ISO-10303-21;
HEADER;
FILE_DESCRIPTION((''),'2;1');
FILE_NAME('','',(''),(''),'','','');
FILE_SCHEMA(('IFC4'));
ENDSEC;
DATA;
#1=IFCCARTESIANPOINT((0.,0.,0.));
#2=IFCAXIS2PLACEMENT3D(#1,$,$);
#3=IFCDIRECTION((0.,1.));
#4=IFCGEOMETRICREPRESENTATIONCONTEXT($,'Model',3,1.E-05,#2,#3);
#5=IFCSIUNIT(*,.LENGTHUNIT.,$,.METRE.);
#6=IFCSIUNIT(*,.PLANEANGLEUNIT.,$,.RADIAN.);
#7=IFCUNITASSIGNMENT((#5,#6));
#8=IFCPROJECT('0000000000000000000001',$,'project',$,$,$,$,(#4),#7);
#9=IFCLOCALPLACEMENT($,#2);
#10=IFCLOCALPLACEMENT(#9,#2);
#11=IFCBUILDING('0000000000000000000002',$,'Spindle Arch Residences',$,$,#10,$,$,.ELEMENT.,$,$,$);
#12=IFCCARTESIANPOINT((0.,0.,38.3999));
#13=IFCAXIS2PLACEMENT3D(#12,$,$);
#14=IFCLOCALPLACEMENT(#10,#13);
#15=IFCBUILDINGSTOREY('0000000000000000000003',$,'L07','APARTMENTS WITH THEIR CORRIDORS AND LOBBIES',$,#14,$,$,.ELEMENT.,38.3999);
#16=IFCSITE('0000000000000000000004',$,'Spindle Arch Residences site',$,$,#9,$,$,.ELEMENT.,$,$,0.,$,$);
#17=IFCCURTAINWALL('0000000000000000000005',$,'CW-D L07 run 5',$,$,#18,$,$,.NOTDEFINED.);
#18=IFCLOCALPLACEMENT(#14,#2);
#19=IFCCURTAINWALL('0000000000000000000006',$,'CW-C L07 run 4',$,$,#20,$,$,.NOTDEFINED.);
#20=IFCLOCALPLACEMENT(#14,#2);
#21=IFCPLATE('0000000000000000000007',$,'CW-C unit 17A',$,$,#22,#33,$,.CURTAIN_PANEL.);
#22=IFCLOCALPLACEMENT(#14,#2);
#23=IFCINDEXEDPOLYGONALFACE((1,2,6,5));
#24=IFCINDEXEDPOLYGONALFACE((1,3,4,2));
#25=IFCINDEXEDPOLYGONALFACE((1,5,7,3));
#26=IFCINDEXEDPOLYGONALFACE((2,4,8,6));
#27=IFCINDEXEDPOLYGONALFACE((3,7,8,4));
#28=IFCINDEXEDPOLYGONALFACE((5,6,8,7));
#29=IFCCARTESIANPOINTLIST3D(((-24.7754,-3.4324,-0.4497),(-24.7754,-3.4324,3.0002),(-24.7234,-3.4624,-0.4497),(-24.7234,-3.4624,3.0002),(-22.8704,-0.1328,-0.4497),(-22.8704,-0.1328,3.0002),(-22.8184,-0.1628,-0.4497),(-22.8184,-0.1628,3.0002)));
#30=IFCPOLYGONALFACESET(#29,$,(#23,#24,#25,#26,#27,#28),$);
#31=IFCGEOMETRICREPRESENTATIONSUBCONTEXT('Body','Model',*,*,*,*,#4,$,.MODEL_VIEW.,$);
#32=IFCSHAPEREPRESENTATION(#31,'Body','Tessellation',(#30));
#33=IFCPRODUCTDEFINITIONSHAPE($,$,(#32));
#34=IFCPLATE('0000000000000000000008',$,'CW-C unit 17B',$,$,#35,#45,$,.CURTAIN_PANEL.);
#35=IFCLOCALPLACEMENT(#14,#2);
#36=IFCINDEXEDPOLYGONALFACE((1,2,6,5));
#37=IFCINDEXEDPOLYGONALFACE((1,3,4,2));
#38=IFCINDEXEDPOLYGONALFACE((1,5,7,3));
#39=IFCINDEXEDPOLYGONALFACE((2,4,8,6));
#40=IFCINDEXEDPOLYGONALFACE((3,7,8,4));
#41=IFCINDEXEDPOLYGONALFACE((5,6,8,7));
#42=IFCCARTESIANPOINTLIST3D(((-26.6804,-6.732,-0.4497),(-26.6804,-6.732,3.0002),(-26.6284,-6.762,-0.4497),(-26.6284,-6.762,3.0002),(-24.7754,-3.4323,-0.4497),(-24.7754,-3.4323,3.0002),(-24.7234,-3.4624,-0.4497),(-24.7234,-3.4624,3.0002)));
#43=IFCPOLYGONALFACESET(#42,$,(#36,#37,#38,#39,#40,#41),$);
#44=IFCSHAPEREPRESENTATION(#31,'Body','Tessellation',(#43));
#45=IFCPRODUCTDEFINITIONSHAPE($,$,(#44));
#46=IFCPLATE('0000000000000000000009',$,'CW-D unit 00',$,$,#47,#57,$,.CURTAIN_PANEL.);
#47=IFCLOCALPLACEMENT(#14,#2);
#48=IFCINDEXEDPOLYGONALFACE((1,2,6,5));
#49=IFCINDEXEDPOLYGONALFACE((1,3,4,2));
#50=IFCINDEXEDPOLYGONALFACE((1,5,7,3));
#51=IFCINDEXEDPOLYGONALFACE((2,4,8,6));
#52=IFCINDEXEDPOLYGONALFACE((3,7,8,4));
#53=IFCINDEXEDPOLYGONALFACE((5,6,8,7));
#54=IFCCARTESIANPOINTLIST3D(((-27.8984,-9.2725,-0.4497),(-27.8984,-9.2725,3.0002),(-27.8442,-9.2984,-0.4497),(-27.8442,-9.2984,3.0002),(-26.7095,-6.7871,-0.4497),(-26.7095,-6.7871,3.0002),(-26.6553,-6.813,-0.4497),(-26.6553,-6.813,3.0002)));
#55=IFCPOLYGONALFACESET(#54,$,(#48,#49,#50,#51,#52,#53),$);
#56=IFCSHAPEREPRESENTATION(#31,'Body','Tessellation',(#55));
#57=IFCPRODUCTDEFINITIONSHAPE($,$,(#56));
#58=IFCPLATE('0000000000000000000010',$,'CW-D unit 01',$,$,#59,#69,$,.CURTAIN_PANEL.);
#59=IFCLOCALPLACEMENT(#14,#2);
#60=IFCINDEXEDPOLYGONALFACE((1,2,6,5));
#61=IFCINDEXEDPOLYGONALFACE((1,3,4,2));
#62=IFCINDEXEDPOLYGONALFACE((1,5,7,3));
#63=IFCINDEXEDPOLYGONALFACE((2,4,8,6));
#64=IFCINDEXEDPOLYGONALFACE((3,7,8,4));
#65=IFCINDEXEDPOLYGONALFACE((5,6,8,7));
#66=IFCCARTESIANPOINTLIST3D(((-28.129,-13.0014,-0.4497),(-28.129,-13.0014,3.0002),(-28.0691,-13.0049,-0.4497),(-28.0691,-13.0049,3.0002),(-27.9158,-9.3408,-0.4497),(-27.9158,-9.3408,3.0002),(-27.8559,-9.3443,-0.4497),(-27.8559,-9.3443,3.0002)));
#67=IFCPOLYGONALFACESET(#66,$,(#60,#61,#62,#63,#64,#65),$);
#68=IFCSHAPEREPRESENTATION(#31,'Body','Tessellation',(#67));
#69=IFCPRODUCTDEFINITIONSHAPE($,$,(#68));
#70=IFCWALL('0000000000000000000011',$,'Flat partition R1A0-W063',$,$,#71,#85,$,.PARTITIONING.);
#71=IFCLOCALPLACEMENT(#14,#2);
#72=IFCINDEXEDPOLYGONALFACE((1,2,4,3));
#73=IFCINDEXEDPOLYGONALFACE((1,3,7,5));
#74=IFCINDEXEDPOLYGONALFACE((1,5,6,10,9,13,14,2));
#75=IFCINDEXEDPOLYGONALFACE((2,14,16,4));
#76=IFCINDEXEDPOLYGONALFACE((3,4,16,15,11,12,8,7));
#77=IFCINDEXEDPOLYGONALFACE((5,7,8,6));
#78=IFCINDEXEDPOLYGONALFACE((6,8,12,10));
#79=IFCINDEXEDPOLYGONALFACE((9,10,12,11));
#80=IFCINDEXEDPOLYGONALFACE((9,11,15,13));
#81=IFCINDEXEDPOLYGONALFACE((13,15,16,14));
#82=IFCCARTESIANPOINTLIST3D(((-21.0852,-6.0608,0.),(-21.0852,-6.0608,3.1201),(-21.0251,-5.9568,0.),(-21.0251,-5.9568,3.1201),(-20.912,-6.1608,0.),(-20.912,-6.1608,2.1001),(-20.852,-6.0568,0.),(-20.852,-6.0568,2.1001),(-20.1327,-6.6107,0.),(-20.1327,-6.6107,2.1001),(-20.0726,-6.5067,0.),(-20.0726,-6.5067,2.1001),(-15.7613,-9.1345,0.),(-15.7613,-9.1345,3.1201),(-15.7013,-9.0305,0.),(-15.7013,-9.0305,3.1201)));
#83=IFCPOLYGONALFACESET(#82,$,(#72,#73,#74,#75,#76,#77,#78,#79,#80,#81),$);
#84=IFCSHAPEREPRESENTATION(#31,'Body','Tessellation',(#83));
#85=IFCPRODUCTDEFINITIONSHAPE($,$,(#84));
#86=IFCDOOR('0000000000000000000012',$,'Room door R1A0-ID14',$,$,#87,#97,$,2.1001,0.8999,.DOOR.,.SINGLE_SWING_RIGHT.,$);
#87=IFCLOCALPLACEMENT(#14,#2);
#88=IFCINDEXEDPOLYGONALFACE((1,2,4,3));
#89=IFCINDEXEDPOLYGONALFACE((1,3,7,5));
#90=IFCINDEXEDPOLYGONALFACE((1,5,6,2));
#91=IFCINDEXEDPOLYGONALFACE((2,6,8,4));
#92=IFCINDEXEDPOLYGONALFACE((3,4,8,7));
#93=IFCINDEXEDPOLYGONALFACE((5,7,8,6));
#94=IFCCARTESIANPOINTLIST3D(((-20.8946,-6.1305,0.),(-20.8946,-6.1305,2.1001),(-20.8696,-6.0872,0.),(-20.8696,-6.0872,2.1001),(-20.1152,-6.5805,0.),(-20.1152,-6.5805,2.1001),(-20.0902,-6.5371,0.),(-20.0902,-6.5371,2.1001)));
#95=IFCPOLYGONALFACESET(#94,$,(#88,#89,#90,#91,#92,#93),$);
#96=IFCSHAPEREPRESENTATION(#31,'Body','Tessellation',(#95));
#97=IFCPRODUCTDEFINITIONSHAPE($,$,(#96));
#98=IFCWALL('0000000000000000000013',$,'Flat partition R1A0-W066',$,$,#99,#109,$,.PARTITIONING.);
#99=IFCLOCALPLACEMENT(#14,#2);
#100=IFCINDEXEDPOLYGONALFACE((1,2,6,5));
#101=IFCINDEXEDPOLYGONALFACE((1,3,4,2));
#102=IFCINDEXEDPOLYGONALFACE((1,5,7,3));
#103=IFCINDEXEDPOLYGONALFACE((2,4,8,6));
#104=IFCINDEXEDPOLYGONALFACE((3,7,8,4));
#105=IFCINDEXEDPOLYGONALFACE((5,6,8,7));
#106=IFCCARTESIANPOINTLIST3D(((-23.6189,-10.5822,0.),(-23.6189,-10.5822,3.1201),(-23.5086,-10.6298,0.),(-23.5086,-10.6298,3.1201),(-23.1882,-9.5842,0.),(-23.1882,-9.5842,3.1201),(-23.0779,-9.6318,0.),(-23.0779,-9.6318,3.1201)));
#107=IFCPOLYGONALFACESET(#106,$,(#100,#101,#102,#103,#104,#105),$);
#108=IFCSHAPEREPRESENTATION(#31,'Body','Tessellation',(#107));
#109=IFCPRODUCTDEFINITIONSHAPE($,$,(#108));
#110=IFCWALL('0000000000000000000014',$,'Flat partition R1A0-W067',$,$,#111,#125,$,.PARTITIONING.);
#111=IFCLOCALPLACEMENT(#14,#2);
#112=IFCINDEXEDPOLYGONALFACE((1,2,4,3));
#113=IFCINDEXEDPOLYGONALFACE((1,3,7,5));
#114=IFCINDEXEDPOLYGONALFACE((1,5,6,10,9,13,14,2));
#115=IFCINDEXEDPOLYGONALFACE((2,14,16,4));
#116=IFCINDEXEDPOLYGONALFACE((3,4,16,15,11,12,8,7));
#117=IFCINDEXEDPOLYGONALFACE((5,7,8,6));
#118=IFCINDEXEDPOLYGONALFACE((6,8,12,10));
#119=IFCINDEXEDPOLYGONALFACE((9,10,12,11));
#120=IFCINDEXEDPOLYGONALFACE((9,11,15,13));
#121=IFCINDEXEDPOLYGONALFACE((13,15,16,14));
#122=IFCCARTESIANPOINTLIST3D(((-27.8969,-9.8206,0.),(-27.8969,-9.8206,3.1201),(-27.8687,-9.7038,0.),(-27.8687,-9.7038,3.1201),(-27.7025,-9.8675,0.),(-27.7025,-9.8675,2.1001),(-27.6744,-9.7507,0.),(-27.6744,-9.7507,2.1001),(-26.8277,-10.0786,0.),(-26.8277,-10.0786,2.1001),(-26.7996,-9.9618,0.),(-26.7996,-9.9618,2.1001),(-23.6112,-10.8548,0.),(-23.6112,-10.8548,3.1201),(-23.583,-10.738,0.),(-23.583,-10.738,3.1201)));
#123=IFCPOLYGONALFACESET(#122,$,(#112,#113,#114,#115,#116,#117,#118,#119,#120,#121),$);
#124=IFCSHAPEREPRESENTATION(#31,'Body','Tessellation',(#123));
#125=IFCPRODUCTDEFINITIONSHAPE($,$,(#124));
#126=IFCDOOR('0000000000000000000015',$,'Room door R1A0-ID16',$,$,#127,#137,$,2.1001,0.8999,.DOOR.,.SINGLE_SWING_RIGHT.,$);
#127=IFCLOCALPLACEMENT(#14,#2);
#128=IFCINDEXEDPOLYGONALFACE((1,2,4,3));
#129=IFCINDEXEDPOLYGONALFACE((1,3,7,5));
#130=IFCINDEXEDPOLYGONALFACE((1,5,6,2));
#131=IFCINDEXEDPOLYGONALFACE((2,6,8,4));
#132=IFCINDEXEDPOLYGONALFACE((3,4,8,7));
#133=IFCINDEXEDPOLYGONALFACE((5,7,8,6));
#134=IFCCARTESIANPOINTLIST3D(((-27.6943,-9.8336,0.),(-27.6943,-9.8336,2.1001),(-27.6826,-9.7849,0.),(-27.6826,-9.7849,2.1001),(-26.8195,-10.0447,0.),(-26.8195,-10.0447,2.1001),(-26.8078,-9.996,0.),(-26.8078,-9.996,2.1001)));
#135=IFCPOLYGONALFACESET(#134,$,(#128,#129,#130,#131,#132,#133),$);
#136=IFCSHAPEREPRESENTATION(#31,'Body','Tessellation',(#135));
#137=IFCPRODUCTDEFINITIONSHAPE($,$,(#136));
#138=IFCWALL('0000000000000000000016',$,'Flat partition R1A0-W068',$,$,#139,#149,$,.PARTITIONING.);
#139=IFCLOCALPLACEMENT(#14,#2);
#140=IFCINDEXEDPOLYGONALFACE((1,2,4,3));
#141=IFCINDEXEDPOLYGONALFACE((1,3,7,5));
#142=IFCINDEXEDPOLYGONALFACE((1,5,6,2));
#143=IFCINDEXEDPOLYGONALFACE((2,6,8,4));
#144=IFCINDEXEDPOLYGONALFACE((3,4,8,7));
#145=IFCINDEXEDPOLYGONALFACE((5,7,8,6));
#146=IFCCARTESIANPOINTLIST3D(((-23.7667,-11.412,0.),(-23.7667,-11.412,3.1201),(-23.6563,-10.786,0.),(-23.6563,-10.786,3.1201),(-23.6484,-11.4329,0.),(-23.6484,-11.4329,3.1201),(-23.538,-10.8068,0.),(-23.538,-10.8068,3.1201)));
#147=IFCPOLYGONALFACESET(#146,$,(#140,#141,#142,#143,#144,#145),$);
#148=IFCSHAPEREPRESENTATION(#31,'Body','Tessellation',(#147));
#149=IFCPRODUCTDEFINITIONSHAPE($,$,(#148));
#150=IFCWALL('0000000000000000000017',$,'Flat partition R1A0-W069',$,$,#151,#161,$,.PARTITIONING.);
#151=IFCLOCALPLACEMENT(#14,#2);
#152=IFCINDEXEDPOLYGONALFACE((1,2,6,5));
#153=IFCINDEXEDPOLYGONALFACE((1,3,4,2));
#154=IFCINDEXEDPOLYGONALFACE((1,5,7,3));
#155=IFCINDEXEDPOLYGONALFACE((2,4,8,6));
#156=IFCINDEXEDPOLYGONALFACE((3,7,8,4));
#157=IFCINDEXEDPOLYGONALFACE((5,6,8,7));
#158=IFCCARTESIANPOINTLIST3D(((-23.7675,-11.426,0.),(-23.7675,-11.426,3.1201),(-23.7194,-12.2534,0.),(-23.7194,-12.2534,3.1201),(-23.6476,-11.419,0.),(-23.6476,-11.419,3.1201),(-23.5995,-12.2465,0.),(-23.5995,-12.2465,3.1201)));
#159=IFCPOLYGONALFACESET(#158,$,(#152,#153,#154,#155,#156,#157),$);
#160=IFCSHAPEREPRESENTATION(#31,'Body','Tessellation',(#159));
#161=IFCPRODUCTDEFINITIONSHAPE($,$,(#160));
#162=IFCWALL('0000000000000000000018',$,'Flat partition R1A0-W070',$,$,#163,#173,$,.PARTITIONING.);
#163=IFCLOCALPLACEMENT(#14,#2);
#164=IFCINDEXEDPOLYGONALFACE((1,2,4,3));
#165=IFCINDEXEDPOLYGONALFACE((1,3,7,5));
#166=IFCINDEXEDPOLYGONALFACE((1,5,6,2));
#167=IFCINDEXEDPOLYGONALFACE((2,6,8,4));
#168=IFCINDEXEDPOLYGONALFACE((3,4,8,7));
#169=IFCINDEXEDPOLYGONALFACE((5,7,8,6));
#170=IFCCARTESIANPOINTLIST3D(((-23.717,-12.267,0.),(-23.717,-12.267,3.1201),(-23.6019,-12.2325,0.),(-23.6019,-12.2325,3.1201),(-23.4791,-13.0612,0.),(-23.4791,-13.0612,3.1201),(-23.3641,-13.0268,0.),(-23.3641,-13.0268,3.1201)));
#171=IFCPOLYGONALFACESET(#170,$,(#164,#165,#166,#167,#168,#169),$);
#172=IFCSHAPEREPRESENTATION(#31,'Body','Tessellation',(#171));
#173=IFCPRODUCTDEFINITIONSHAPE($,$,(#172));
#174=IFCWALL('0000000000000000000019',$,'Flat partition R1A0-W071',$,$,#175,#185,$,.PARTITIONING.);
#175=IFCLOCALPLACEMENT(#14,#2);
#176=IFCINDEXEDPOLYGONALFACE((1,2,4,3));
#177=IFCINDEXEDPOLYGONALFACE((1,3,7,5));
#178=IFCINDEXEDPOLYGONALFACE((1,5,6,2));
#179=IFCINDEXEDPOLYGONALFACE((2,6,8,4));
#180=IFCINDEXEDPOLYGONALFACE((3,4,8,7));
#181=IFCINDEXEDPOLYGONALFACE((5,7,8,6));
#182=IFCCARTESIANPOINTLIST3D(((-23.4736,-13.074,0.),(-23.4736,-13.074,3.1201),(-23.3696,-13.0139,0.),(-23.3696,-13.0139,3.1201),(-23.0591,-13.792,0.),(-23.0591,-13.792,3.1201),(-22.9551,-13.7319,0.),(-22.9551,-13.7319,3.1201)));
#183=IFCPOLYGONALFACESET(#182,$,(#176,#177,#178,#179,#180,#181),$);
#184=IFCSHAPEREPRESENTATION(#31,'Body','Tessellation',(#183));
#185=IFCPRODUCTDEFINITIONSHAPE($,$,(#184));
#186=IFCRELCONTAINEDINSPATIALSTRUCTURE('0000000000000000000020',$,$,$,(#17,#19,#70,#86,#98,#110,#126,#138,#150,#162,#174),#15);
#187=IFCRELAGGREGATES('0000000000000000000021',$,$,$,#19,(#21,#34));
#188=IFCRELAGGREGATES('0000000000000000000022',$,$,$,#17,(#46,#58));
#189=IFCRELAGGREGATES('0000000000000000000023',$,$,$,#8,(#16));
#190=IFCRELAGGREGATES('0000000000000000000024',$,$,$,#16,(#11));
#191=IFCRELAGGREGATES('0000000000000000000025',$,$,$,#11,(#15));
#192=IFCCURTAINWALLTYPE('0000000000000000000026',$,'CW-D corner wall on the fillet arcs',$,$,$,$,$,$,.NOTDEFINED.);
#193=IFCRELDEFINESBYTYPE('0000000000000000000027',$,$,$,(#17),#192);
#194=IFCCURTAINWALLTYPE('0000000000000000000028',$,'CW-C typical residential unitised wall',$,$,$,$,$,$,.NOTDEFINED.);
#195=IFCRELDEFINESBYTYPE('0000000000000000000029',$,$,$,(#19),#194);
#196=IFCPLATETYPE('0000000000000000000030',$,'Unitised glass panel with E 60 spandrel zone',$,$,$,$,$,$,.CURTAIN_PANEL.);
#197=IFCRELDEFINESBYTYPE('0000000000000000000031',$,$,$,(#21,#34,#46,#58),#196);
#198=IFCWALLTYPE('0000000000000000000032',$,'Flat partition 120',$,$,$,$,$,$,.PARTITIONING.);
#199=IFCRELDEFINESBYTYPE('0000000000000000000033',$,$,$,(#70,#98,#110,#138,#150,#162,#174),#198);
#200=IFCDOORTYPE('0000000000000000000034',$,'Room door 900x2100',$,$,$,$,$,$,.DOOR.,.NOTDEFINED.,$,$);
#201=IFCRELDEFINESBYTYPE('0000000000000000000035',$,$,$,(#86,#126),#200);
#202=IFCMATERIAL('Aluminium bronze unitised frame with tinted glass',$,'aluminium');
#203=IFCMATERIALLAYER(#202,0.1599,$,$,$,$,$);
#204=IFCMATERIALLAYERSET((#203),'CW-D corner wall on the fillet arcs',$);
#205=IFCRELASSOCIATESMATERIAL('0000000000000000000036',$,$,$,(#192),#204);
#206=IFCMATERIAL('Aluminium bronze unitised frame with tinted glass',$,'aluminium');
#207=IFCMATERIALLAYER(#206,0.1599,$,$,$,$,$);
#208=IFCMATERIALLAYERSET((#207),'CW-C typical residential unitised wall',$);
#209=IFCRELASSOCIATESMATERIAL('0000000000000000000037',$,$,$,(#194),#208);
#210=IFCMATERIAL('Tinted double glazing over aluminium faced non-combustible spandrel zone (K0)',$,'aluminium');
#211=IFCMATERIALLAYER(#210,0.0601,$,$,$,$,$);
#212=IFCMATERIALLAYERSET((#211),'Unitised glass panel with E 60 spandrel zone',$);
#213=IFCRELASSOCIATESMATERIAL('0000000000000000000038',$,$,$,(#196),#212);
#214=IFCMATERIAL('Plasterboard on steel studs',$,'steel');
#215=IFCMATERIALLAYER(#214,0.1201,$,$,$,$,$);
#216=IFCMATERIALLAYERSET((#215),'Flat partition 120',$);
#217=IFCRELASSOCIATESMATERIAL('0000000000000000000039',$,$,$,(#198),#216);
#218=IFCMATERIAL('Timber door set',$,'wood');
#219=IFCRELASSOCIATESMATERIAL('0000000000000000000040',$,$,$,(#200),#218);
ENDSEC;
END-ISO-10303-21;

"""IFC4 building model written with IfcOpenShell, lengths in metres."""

from ifc_helpers import new_model, si_unit, direction, frame, frame_2d, origin, origin_2d, place, context, subcontext, project, spatial, rectangle, extrude, material, layer, layer_set, type_object, element, fill, aggregate, save


model = new_model("IFC4")

# Units and contexts
model_context = context("Model", 3, precision=1e-05, world=origin(), true_north=direction((0.0, 1.0)))
body_context = subcontext(model_context, "Body", "Model", "MODEL_VIEW")
ifc_project = project(units=[si_unit("LENGTHUNIT", "METRE"), si_unit("PLANEANGLEUNIT", "RADIAN")], contexts=[model_context])

# Site, building, storey
site_placement = place(None, origin())
site = spatial("IfcSite", under=ifc_project, at=site_placement, Name="Spindle Arch Residences site", CompositionType="ELEMENT", RefElevation=0.0)
building_placement = place(site_placement, origin())
building = spatial("IfcBuilding", under=site, at=building_placement, Name="Spindle Arch Residences", CompositionType="ELEMENT")
storey_placement = place(building_placement, frame((0.0, 0.0, 38.3999)))
storey = spatial("IfcBuildingStorey", under=building, at=storey_placement, Name="L07", Description="APARTMENTS WITH THEIR CORRIDORS AND LOBBIES", CompositionType="ELEMENT", Elevation=38.3999)

# Curtain wall
ifc_material_1 = material(Name="Aluminium bronze unitised frame with tinted glass", Category="aluminium")
ifc_layer_1 = layer(ifc_material_1, 0.1599)
ifc_layer_set_1 = layer_set([ifc_layer_1], Name="CW-D corner wall on the fillet arcs")
curtain_wall_type_1 = type_object("IfcCurtainWallType", Name="CW-D corner wall on the fillet arcs", PredefinedType="NOTDEFINED", material=ifc_layer_set_1)
curtain_wall_1_placement = place(storey_placement, origin())
curtain_wall_1 = element("IfcCurtainWall", 1, at=curtain_wall_1_placement, inside=storey, type_object=curtain_wall_type_1, Name="CW-D L07 run 5", PredefinedType="NOTDEFINED")

# Curtain wall, plates
ifc_material_2 = material(Name="Aluminium bronze unitised frame with tinted glass", Category="aluminium")
ifc_layer_2 = layer(ifc_material_2, 0.1599)
ifc_layer_set_2 = layer_set([ifc_layer_2], Name="CW-C typical residential unitised wall")
curtain_wall_type_2 = type_object("IfcCurtainWallType", Name="CW-C typical residential unitised wall", PredefinedType="NOTDEFINED", material=ifc_layer_set_2)
curtain_wall_2_placement = place(storey_placement, origin())
curtain_wall_2 = element("IfcCurtainWall", 2, at=curtain_wall_2_placement, inside=storey, type_object=curtain_wall_type_2, Name="CW-C L07 run 4", PredefinedType="NOTDEFINED")
ifc_material_3 = material(Name="Tinted double glazing over aluminium faced non-combustible spandrel zone (K0)", Category="aluminium")
ifc_layer_3 = layer(ifc_material_3, 0.0601)
ifc_layer_set_3 = layer_set([ifc_layer_3], Name="Unitised glass panel with E 60 spandrel zone")
plate_type = type_object("IfcPlateType", Name="Unitised glass panel with E 60 spandrel zone", PredefinedType="CURTAIN_PANEL", material=ifc_layer_set_3)
plate_1_placement = place(storey_placement, frame((-23.7969, -1.7976, -0.4497), z_axis=(0.0, 0.0, 1.0), x_axis=(-0.5, -0.866025, 0.0)))
plate_1 = element("IfcPlate", 3, at=plate_1_placement, type_object=plate_type, Name="CW-C unit 17A", PredefinedType="CURTAIN_PANEL", context=body_context, shape_type="SweptSolid", body=[
    extrude(rectangle(XDim=3.8101, YDim=0.0601, at=origin_2d()), origin(), (0.0, 0.0, 1.0), 3.45),
])
plate_2_placement = place(storey_placement, frame((-25.7019, -5.0972, -0.4497), z_axis=(0.0, 0.0, 1.0), x_axis=(-0.5, -0.866025, 0.0)))
plate_2 = element("IfcPlate", 4, at=plate_2_placement, type_object=plate_type, Name="CW-C unit 17B", PredefinedType="CURTAIN_PANEL", context=body_context, shape_type="SweptSolid", body=[
    extrude(rectangle(XDim=3.8101, YDim=0.0601, at=origin_2d()), origin(), (0.0, 0.0, 1.0), 3.45),
])
aggregate(curtain_wall_2, [plate_1, plate_2])

# Plates
plate_3_placement = place(storey_placement, frame((-27.2769, -8.0427, -0.4497), z_axis=(0.0, 0.0, 1.0), x_axis=(-0.431502, -0.902112, 0.0)))
plate_3 = element("IfcPlate", 5, at=plate_3_placement, type_object=plate_type, Name="CW-D unit 00", PredefinedType="CURTAIN_PANEL", context=body_context, shape_type="SweptSolid", body=[
    extrude(rectangle(XDim=2.7551, YDim=0.0601, at=origin_2d()), origin(), (0.0, 0.0, 1.0), 3.45),
])
plate_4_placement = place(storey_placement, frame((-27.9924, -11.1729, -0.4497), z_axis=(0.0, 0.0, 1.0), x_axis=(-0.058145, -0.998308, 0.0)))
plate_4 = element("IfcPlate", 6, at=plate_4_placement, type_object=plate_type, Name="CW-D unit 01", PredefinedType="CURTAIN_PANEL", context=body_context, shape_type="SweptSolid", body=[
    extrude(rectangle(XDim=3.6667, YDim=0.0601, at=origin_2d()), origin(), (0.0, 0.0, 1.0), 3.45),
])
aggregate(curtain_wall_1, [plate_3, plate_4])

# Wall, opening, door
ifc_material_4 = material(Name="Plasterboard on steel studs", Category="steel")
ifc_layer_4 = layer(ifc_material_4, 0.1201)
ifc_layer_set_4 = layer_set([ifc_layer_4], Name="Flat partition 120")
wall_type = type_object("IfcWallType", Name="Flat partition 120", PredefinedType="PARTITIONING", material=ifc_layer_set_4)
wall_1_placement = place(storey_placement, frame((-21.0552, -6.0088, 0.0), z_axis=(0.0, 0.0, 1.0), x_axis=(0.86603, -0.499992, 0.0)))
wall_1 = element("IfcWall", 7, at=wall_1_placement, inside=storey, type_object=wall_type, Name="Flat partition R1A0-W063", PredefinedType="PARTITIONING", context=body_context, shape_type="SweptSolid", body=[
    extrude(rectangle(XDim=6.1475, YDim=0.1201, at=frame_2d((3.0737, 0.0))), origin(), (0.0, 0.0, 1.0), 3.1201),
])
opening_1_placement = place(wall_1_placement, frame((0.2, 0.0, 0.0)))
opening_1 = element("IfcOpeningElement", 8, at=opening_1_placement, cuts=wall_1, PredefinedType="OPENING", context=body_context, shape_type="SweptSolid", body=[
    extrude(rectangle(XDim=0.8999, YDim=2.1001, at=frame_2d((0.45, 1.05))), frame((0.0, 0.0701, 0.0), z_axis=(0.0, -1.0, 0.0), x_axis=(1.0, 0.0, 0.0)), (0.0, 0.0, 1.0), 0.1401),
])
ifc_material_5 = material(Name="Timber door set", Category="wood")
door_type = type_object("IfcDoorType", Name="Room door 900x2100", OperationType="NOTDEFINED", PredefinedType="DOOR", material=ifc_material_5)
door_1_placement = place(opening_1_placement, origin())
door_1 = element("IfcDoor", 9, at=door_1_placement, inside=storey, type_object=door_type, Name="Room door R1A0-ID14", OperationType="SINGLE_SWING_RIGHT", OverallHeight=2.1001, OverallWidth=0.8999, PredefinedType="DOOR", context=body_context, shape_type="SweptSolid", body=[
    extrude(rectangle(XDim=0.8999, YDim=2.1001, at=frame_2d((0.45, 1.05))), frame((0.0, 0.0249, 0.0), z_axis=(0.0, -1.0, 0.0), x_axis=(1.0, 0.0, 0.0)), (0.0, 0.0, 1.0), 0.05),
])
fill(opening_1, door_1)

# Wall
wall_2_placement = place(storey_placement, frame((-23.5637, -10.606, 0.0), z_axis=(0.0, 0.0, 1.0), x_axis=(0.396195, 0.918166, 0.0)))
element("IfcWall", 10, at=wall_2_placement, inside=storey, type_object=wall_type, Name="Flat partition R1A0-W066", PredefinedType="PARTITIONING", context=body_context, shape_type="SweptSolid", body=[
    extrude(rectangle(XDim=1.0869, YDim=0.1201, at=frame_2d((0.5435, 0.0))), origin(), (0.0, 0.0, 1.0), 3.1201),
])

# Wall, opening, door
wall_3_placement = place(storey_placement, frame((-27.8828, -9.7622, 0.0), z_axis=(0.0, 0.0, 1.0), x_axis=(0.972097, -0.234579, 0.0)))
wall_3 = element("IfcWall", 11, at=wall_3_placement, inside=storey, type_object=wall_type, Name="Flat partition R1A0-W067", PredefinedType="PARTITIONING", context=body_context, shape_type="SweptSolid", body=[
    extrude(rectangle(XDim=4.4087, YDim=0.1201, at=frame_2d((2.2043, 0.0))), origin(), (0.0, 0.0, 1.0), 3.1201),
])
opening_2_placement = place(wall_3_placement, frame((0.2, 0.0, 0.0)))
opening_2 = element("IfcOpeningElement", 12, at=opening_2_placement, cuts=wall_3, PredefinedType="OPENING", context=body_context, shape_type="SweptSolid", body=[
    extrude(rectangle(XDim=0.8999, YDim=2.1001, at=frame_2d((0.45, 1.05))), frame((0.0, 0.0701, 0.0), z_axis=(0.0, -1.0, 0.0), x_axis=(1.0, 0.0, 0.0)), (0.0, 0.0, 1.0), 0.1401),
])
door_2_placement = place(opening_2_placement, origin())
door_2 = element("IfcDoor", 13, at=door_2_placement, inside=storey, type_object=door_type, Name="Room door R1A0-ID16", OperationType="SINGLE_SWING_RIGHT", OverallHeight=2.1001, OverallWidth=0.8999, PredefinedType="DOOR", context=body_context, shape_type="SweptSolid", body=[
    extrude(rectangle(XDim=0.8999, YDim=2.1001, at=frame_2d((0.45, 1.05))), frame((0.0, 0.0249, 0.0), z_axis=(0.0, -1.0, 0.0), x_axis=(1.0, 0.0, 0.0)), (0.0, 0.0, 1.0), 0.05),
])
fill(opening_2, door_2)

# Walls
wall_4_placement = place(storey_placement, frame((-23.5972, -10.7964, 0.0), z_axis=(0.0, 0.0, 1.0), x_axis=(-0.17361, -0.984814, 0.0)))
element("IfcWall", 14, at=wall_4_placement, inside=storey, type_object=wall_type, Name="Flat partition R1A0-W068", PredefinedType="PARTITIONING", context=body_context, shape_type="SweptSolid", body=[
    extrude(rectangle(XDim=0.6357, YDim=0.1201, at=frame_2d((0.3179, 0.0))), origin(), (0.0, 0.0, 1.0), 3.1201),
])
wall_5_placement = place(storey_placement, frame((-23.7075, -11.4224, 0.0), z_axis=(0.0, 0.0, 1.0), x_axis=(0.058031, -0.998315, 0.0)))
element("IfcWall", 15, at=wall_5_placement, inside=storey, type_object=wall_type, Name="Flat partition R1A0-W069", PredefinedType="PARTITIONING", context=body_context, shape_type="SweptSolid", body=[
    extrude(rectangle(XDim=0.8289, YDim=0.1201, at=frame_2d((0.4146, 0.0))), origin(), (0.0, 0.0, 1.0), 3.1201),
])
for number, where, z_axis, x_axis, name in (
    (16, (-23.6594, -12.2498, 0.0), (0.0, 0.0, 1.0), (0.286835, -0.95798, 0.0), "Flat partition R1A0-W070"),
    (17, (-23.4216, -13.0439, 0.0), (0.0, 0.0, 1.0), (0.500003, -0.866024, 0.0), "Flat partition R1A0-W071"),
):
    element("IfcWall", number, at=place(storey_placement, frame(where, z_axis=z_axis, x_axis=x_axis)), inside=storey, type_object=wall_type, Name=name, PredefinedType="PARTITIONING", context=body_context, shape_type="SweptSolid", body=[
        extrude(rectangle(XDim=0.8291, YDim=0.1201, at=frame_2d((0.4146, 0.0))), origin(), (0.0, 0.0, 1.0), 3.1201),
    ])

save(model, "model.ifc")
